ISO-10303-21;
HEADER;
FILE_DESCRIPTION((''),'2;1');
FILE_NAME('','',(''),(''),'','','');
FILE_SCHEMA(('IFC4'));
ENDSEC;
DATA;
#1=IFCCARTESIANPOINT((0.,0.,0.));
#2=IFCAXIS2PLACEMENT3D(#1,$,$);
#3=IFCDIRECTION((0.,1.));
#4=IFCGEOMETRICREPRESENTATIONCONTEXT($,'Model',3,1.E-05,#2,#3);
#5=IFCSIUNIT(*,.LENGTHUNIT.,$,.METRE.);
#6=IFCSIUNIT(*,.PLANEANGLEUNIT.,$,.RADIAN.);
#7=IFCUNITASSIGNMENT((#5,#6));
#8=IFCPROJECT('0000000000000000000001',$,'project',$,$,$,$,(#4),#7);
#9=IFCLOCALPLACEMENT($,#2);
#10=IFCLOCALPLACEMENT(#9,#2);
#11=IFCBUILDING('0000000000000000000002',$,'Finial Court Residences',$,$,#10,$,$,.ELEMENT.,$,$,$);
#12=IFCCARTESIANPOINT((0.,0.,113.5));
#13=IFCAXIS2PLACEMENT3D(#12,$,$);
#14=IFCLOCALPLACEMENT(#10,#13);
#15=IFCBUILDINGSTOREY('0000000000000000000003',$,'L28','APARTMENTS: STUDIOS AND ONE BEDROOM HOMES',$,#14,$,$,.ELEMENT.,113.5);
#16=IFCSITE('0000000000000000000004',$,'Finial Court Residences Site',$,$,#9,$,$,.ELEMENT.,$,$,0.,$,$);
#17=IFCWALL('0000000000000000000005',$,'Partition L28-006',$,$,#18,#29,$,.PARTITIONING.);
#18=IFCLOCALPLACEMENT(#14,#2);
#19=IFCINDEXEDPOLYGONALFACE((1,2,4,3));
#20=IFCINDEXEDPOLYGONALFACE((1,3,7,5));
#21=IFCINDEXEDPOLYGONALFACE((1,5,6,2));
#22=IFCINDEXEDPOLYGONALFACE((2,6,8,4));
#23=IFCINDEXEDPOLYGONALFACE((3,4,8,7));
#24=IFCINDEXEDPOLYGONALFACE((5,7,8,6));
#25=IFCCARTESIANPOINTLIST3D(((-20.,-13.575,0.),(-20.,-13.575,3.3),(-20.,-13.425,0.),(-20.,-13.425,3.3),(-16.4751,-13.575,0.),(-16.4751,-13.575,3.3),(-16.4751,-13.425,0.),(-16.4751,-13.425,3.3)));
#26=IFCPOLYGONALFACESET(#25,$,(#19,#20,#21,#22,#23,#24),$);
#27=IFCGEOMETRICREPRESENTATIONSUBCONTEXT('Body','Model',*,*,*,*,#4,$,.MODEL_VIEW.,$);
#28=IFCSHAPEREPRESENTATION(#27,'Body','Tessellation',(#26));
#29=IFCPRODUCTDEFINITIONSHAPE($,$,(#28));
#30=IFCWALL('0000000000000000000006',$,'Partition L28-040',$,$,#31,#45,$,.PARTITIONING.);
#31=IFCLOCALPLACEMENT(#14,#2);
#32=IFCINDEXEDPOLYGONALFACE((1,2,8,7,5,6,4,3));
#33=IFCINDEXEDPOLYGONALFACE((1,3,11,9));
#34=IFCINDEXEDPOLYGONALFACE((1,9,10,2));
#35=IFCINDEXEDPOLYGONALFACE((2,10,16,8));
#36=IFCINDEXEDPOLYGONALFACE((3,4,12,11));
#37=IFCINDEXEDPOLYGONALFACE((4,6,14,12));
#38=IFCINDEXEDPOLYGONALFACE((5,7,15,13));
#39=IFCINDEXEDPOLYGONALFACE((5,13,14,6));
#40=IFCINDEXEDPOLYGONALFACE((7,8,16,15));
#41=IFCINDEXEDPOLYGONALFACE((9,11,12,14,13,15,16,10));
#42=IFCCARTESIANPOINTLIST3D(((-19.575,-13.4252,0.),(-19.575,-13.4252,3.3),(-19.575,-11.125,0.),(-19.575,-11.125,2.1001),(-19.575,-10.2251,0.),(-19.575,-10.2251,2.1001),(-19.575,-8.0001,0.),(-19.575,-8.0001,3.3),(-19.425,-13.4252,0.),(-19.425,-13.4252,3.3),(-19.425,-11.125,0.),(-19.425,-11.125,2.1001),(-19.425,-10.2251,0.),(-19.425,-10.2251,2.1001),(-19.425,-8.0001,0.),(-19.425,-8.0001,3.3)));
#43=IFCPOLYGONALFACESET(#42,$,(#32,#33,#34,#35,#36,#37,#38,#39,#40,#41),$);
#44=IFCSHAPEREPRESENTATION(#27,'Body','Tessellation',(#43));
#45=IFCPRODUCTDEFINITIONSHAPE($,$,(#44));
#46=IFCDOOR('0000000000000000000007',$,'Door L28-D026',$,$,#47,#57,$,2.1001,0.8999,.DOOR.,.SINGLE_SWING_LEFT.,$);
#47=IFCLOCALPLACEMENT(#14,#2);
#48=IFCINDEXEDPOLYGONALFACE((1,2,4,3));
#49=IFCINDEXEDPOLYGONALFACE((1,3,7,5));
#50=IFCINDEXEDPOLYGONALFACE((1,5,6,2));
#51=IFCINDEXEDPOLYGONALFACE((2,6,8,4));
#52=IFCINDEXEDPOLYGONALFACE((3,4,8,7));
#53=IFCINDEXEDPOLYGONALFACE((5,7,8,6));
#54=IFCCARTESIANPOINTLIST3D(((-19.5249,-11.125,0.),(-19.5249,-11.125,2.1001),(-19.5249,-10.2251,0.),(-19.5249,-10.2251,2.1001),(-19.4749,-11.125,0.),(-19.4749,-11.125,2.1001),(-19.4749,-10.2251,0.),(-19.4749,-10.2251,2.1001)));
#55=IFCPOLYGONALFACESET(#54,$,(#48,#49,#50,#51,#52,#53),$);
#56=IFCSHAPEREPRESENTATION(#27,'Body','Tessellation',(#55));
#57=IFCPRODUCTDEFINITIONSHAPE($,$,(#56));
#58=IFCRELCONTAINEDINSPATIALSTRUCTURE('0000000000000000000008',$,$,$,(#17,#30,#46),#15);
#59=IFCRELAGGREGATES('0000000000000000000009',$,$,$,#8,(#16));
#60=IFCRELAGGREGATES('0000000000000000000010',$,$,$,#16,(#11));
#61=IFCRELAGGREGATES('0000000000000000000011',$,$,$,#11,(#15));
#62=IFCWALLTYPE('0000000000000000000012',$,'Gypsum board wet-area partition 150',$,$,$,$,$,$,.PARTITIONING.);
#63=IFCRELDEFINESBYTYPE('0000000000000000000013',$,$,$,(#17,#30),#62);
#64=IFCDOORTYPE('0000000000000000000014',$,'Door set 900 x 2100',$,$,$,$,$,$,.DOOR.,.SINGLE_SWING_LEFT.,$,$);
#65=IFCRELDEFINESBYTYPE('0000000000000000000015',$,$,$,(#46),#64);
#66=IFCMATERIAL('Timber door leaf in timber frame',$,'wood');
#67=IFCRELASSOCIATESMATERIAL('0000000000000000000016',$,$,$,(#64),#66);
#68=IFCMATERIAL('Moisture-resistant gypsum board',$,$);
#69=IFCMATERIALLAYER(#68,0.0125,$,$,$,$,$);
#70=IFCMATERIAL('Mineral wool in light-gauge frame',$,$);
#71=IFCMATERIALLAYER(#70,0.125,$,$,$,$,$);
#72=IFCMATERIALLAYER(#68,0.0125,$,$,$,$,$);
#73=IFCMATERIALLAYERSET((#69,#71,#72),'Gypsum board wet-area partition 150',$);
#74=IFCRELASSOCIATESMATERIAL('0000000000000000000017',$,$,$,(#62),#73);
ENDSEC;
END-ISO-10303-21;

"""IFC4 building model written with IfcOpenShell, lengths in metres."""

from ifc_helpers import new_model, si_unit, direction, frame, frame_2d, origin, place, context, subcontext, project, spatial, rectangle, extrude, material, layer, layer_set, type_object, element, fill, save


model = new_model("IFC4")

# Units and contexts
model_context = context("Model", 3, precision=1e-05, world=origin(), true_north=direction((0.0, 1.0)))
body_context = subcontext(model_context, "Body", "Model", "MODEL_VIEW")
ifc_project = project(units=[si_unit("LENGTHUNIT", "METRE"), si_unit("PLANEANGLEUNIT", "RADIAN")], contexts=[model_context])

# Site, building, storey
site_placement = place(None, origin())
site = spatial("IfcSite", under=ifc_project, at=site_placement, Name="Finial Court Residences Site", CompositionType="ELEMENT", RefElevation=0.0)
building_placement = place(site_placement, origin())
building = spatial("IfcBuilding", under=site, at=building_placement, Name="Finial Court Residences", CompositionType="ELEMENT")
storey_placement = place(building_placement, frame((0.0, 0.0, 113.5)))
storey = spatial("IfcBuildingStorey", under=building, at=storey_placement, Name="L28", Description="APARTMENTS: STUDIOS AND ONE BEDROOM HOMES", CompositionType="ELEMENT", Elevation=113.5)

# Shared definitions
ifc_material_1 = material(Name="Mineral wool in light-gauge frame")
ifc_material_2 = material(Name="Timber door leaf in timber frame", Category="wood")
door_type_1 = type_object("IfcDoorType", Name="Door set 900 x 2100", OperationType="SINGLE_SWING_LEFT", PredefinedType="DOOR", material=ifc_material_2)

# Wall
ifc_material_3 = material(Name="Moisture-resistant gypsum board")
ifc_layer_1 = layer(ifc_material_3, 0.0125)
ifc_layer_2 = layer(ifc_material_1, 0.125)
ifc_layer_3 = layer(ifc_material_3, 0.0125)
ifc_layer_set_1 = layer_set([ifc_layer_1, ifc_layer_2, ifc_layer_3], Name="Gypsum board wet-area partition 150")
wall_type_1 = type_object("IfcWallType", Name="Gypsum board wet-area partition 150", PredefinedType="PARTITIONING", material=ifc_layer_set_1)
wall_1_placement = place(storey_placement, frame((-20.0, -13.5, 0.0), z_axis=(0.0, 0.0, 1.0), x_axis=(1.0, 0.0, 0.0)))
element("IfcWall", 1, at=wall_1_placement, inside=storey, type_object=wall_type_1, Name="Partition L28-006", PredefinedType="PARTITIONING", context=body_context, shape_type="SweptSolid", body=[
    extrude(rectangle(XDim=3.5249, YDim=0.1499, at=frame_2d((1.7625, 0.0))), origin(), (0.0, 0.0, 1.0), 3.3),
])

# Wall, opening, door
wall_2_placement = place(storey_placement, frame((-19.5, -13.425, 0.0), z_axis=(0.0, 0.0, 1.0), x_axis=(0.0, 1.0, 0.0)))
wall_2 = element("IfcWall", 2, at=wall_2_placement, inside=storey, type_object=wall_type_1, Name="Partition L28-040", PredefinedType="PARTITIONING", context=body_context, shape_type="SweptSolid", body=[
    extrude(rectangle(XDim=5.425, YDim=0.1499, at=frame_2d((2.7124, 0.0))), origin(), (0.0, 0.0, 1.0), 3.3),
])
opening_1_placement = place(wall_2_placement, frame((2.3, 0.0, 0.0)))
opening_1 = element("IfcOpeningElement", 3, at=opening_1_placement, cuts=wall_2, PredefinedType="OPENING", context=body_context, shape_type="SweptSolid", body=[
    extrude(rectangle(XDim=0.8999, YDim=2.1001, at=frame_2d((0.45, 1.05))), frame((0.0, 0.085, 0.0), z_axis=(0.0, -1.0, 0.0), x_axis=(1.0, 0.0, 0.0)), (0.0, 0.0, 1.0), 0.1699),
])
door_1_placement = place(opening_1_placement, origin())
door_1 = element("IfcDoor", 4, at=door_1_placement, inside=storey, type_object=door_type_1, Name="Door L28-D026", OperationType="SINGLE_SWING_LEFT", OverallHeight=2.1001, OverallWidth=0.8999, PredefinedType="DOOR", context=body_context, shape_type="SweptSolid", body=[
    extrude(rectangle(XDim=0.8999, YDim=2.1001, at=frame_2d((0.45, 1.05))), frame((0.0, 0.0249, 0.0), z_axis=(0.0, -1.0, 0.0), x_axis=(1.0, 0.0, 0.0)), (0.0, 0.0, 1.0), 0.05),
])
fill(opening_1, door_1)

save(model, "model.ifc")
